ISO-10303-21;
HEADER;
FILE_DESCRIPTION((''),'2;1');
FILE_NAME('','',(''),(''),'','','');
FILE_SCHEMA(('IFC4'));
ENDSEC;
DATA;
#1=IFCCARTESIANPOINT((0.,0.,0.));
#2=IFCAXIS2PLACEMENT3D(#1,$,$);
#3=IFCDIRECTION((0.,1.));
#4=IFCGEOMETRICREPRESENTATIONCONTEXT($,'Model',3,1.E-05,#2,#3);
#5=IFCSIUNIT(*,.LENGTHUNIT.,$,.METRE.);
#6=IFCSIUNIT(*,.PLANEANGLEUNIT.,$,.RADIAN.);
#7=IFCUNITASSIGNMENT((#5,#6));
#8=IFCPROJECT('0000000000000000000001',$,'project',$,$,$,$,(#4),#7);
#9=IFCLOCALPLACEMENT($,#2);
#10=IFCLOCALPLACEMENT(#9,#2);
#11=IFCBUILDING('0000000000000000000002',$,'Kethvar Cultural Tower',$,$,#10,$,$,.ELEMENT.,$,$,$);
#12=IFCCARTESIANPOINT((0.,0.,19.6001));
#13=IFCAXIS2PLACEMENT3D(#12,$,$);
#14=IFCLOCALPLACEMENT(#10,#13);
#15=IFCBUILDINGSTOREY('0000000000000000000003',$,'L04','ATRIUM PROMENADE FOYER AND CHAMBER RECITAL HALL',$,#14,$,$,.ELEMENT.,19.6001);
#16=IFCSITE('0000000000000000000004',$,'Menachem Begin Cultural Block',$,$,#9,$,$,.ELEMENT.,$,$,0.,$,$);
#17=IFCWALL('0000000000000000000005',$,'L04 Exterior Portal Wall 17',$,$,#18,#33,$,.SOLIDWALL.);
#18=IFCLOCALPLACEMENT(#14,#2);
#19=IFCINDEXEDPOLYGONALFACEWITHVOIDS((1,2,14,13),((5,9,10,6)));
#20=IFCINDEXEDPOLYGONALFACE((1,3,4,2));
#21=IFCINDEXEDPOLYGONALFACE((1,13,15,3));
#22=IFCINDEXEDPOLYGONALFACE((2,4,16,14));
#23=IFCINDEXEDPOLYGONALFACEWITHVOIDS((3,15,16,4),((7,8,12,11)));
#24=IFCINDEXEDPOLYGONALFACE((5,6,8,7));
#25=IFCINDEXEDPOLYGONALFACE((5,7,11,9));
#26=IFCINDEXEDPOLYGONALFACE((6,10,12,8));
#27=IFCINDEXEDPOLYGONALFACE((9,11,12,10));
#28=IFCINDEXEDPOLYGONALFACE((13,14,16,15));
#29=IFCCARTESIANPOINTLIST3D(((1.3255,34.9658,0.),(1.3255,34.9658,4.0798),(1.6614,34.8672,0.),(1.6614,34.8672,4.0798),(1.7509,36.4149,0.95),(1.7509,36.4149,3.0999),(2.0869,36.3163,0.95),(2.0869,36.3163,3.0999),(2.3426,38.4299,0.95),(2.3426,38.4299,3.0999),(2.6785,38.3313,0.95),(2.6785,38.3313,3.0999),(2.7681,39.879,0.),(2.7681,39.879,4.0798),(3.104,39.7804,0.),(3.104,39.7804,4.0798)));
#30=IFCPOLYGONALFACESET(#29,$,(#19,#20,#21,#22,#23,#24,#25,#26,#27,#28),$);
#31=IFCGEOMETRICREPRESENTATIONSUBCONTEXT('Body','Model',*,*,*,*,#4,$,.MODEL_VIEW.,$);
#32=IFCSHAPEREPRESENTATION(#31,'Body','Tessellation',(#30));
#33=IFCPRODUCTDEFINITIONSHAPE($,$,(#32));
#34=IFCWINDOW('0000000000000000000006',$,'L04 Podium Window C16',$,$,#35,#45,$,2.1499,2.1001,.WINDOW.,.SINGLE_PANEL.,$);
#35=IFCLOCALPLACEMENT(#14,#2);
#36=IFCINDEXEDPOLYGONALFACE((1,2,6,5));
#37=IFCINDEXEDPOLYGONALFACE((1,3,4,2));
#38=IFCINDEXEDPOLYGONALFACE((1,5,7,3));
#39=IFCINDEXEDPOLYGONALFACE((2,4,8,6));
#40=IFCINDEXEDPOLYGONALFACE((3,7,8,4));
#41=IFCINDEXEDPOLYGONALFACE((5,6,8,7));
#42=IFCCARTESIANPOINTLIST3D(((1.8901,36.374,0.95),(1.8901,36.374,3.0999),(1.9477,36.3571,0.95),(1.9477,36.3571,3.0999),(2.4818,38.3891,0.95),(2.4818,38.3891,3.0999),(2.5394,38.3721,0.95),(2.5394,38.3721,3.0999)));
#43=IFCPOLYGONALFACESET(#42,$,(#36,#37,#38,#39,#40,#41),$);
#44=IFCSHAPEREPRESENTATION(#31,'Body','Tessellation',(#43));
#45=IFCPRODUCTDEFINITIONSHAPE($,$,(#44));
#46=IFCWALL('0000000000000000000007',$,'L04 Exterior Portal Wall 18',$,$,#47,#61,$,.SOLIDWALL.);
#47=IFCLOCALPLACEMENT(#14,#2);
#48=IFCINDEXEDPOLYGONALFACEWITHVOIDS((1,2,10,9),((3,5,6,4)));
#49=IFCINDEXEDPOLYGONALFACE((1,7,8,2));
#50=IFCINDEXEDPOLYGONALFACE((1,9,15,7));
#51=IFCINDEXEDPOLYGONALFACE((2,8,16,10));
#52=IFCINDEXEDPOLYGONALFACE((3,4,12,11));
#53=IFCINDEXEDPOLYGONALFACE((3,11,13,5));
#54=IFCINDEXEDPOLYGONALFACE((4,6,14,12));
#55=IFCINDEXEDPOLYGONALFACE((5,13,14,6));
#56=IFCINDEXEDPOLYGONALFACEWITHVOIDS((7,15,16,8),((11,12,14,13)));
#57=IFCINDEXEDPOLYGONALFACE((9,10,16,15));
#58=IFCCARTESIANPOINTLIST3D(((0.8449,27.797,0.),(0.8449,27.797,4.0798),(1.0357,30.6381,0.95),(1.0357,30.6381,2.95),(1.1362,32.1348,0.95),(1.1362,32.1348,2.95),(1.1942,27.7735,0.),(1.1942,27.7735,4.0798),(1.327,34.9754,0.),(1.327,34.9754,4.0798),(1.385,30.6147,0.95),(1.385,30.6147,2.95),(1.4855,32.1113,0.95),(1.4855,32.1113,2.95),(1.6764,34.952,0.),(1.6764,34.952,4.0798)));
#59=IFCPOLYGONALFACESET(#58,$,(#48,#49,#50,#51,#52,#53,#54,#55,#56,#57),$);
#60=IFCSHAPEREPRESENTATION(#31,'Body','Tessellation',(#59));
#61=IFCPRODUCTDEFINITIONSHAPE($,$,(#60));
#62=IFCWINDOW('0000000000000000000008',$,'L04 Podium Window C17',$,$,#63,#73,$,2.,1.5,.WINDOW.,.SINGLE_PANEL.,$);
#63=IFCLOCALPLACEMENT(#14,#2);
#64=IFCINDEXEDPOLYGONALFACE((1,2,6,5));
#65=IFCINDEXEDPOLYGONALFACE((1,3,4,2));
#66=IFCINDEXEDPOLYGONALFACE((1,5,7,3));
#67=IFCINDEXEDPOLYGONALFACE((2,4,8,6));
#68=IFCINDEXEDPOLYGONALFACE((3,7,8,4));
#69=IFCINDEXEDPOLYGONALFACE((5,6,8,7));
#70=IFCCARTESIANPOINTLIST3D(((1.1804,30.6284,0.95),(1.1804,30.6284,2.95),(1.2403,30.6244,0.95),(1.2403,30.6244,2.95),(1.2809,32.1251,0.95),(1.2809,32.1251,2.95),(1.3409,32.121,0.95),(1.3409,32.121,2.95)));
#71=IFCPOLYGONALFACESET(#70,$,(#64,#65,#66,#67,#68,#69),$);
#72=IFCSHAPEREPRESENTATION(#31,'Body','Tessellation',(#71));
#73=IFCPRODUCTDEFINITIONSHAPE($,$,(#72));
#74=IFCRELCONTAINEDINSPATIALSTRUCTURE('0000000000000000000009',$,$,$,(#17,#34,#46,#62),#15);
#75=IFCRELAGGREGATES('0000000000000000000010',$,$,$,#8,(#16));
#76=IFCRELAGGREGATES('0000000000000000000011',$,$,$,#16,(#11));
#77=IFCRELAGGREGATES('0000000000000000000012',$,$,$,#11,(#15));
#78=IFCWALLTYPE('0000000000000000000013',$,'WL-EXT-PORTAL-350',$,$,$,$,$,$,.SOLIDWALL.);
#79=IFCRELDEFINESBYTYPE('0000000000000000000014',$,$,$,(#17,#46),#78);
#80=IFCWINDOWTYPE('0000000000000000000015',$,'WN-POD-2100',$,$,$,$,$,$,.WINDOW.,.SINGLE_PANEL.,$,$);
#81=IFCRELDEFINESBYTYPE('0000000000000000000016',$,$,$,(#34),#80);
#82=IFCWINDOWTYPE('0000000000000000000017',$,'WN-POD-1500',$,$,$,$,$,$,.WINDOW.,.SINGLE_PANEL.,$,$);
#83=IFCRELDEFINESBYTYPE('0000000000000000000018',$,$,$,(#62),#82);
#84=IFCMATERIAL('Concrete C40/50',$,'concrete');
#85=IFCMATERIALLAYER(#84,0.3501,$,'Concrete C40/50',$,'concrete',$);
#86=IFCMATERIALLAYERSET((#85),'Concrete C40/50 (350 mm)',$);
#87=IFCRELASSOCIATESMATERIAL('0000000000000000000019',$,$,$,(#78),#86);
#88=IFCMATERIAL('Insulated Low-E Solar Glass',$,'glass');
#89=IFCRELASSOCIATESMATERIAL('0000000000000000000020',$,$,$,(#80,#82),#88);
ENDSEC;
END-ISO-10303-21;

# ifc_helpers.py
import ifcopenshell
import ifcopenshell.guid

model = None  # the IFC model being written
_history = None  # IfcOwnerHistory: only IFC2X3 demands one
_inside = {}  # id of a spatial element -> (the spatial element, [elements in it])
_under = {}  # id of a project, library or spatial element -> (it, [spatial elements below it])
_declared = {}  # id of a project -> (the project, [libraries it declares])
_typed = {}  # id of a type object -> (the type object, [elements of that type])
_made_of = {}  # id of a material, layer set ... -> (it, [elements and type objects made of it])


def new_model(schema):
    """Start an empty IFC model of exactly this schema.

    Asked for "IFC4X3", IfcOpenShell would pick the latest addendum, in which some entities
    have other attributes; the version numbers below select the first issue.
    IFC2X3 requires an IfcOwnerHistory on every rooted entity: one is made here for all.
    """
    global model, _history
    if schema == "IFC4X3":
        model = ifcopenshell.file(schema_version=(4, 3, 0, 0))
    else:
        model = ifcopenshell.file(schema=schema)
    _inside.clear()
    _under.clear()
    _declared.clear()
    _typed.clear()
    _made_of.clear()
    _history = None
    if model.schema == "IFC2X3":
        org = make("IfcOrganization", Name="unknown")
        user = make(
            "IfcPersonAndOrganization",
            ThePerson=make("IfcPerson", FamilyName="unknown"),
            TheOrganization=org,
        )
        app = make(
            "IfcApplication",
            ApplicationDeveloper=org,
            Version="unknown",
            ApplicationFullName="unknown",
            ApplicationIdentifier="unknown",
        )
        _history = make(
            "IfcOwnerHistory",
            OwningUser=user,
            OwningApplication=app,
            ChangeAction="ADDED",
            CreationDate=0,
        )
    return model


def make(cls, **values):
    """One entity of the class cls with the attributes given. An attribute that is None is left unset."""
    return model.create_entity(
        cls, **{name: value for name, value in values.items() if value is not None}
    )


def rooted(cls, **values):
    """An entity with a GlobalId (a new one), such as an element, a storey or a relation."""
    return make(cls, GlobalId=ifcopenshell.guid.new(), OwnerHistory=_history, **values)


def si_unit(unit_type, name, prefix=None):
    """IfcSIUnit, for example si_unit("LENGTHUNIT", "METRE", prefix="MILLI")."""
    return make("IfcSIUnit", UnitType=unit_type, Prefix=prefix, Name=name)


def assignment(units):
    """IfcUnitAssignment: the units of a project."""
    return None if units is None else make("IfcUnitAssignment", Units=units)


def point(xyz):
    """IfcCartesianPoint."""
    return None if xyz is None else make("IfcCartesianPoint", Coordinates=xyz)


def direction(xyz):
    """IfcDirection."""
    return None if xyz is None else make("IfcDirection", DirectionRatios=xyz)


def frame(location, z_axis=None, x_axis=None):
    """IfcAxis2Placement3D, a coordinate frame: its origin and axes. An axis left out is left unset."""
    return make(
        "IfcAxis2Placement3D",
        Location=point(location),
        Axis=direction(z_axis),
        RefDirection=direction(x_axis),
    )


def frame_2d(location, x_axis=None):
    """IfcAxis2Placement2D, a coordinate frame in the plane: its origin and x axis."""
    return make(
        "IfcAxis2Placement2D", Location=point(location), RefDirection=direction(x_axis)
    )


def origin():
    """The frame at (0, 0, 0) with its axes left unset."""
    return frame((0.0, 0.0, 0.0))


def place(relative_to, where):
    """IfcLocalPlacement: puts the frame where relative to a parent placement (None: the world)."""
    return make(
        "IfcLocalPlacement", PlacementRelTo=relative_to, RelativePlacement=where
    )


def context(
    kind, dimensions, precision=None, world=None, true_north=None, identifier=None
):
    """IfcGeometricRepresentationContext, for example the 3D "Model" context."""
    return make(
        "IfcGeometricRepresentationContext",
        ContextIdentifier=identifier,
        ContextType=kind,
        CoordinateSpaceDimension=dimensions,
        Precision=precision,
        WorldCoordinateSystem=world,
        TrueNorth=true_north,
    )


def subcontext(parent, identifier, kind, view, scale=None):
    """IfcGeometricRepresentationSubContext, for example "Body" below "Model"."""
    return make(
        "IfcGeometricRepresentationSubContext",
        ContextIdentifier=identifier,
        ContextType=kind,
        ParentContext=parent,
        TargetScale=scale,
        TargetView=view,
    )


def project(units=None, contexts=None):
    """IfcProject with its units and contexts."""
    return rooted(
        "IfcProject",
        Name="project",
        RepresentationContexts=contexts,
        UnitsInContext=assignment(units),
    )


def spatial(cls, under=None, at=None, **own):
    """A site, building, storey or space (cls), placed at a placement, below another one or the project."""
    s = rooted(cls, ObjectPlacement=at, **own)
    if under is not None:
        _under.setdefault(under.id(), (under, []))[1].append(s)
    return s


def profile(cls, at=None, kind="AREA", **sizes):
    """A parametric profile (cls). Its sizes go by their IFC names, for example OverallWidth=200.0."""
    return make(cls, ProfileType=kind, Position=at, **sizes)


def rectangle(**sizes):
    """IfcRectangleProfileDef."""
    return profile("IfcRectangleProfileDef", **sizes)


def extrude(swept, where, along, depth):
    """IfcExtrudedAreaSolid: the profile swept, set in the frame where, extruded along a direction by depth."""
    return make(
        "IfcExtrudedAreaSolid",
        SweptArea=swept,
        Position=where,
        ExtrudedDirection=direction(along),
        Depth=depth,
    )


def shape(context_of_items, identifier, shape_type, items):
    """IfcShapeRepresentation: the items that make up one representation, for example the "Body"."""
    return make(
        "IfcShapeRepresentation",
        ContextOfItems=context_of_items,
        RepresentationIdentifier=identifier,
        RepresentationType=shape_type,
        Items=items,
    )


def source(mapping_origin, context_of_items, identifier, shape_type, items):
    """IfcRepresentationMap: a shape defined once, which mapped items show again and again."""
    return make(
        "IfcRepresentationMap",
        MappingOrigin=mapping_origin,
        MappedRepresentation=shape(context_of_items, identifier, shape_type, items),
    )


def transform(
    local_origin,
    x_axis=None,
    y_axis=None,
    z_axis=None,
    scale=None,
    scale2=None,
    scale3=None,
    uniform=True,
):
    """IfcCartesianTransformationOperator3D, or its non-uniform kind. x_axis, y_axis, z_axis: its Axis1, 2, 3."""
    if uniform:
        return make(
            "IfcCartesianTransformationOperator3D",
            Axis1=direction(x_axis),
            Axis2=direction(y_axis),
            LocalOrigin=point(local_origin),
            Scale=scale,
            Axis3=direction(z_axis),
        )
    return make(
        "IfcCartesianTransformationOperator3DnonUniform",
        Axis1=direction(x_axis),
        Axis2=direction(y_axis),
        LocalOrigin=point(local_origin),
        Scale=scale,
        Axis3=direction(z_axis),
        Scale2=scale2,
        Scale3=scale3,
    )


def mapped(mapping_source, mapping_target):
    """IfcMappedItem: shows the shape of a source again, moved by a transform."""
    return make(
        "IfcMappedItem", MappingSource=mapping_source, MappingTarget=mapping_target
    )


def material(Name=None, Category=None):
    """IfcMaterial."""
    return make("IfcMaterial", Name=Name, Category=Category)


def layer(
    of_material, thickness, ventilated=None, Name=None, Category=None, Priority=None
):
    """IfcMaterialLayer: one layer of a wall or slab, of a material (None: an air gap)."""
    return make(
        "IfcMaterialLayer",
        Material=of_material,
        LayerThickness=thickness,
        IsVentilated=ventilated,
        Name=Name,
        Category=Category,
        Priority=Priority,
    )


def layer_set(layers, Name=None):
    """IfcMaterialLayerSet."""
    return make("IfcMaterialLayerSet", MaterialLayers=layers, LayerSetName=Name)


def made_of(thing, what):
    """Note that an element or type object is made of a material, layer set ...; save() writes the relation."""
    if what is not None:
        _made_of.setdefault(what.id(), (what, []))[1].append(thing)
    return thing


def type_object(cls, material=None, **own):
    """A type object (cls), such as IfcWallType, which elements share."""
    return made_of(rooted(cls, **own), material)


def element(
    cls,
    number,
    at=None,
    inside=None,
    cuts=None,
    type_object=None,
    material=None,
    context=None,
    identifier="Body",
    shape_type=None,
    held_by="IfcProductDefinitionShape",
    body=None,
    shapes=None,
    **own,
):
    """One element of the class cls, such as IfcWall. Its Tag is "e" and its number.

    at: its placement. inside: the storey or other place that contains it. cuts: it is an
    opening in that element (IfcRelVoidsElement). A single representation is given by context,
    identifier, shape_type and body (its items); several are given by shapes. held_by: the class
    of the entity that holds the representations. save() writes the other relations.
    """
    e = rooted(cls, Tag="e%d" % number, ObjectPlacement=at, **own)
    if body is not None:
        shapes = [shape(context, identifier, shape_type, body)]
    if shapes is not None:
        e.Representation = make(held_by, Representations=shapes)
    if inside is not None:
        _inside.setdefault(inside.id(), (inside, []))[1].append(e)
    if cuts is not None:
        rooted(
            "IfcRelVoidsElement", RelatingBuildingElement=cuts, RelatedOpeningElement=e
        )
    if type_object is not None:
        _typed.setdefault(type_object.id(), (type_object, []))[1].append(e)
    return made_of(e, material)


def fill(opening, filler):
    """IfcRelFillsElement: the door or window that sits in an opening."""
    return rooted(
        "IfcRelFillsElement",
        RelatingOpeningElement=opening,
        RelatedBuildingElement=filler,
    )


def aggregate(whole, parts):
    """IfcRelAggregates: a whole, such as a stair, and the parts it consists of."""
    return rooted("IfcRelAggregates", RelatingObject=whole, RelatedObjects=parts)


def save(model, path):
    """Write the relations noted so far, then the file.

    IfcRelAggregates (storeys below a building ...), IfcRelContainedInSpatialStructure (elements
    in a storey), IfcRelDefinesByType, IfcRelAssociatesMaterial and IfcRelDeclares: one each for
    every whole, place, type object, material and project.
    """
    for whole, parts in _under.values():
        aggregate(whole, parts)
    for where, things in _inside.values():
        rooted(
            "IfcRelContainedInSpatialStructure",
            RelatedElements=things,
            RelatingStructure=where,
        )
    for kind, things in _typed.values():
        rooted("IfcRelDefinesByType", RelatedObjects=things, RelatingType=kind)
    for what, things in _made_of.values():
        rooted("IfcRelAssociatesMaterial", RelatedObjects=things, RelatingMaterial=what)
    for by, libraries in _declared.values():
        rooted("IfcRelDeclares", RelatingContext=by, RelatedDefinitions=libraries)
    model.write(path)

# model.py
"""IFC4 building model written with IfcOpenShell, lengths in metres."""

from ifc_helpers import new_model, si_unit, direction, frame, frame_2d, origin, place, context, subcontext, project, spatial, rectangle, extrude, source, transform, mapped, material, layer, layer_set, type_object, element, fill, save


model = new_model("IFC4")

# Units and contexts
model_context = context("Model", 3, precision=1e-05, world=origin(), true_north=direction((0.0, 1.0)))
body_context = subcontext(model_context, "Body", "Model", "MODEL_VIEW")
ifc_project = project(units=[si_unit("LENGTHUNIT", "METRE"), si_unit("PLANEANGLEUNIT", "RADIAN")], contexts=[model_context])

# Site, building, storey
site_placement = place(None, origin())
site = spatial("IfcSite", under=ifc_project, at=site_placement, Name="Menachem Begin Cultural Block", CompositionType="ELEMENT", RefElevation=0.0)
building_placement = place(site_placement, origin())
building = spatial("IfcBuilding", under=site, at=building_placement, Name="Kethvar Cultural Tower", CompositionType="ELEMENT")
storey_placement = place(building_placement, frame((0.0, 0.0, 19.6001)))
storey = spatial("IfcBuildingStorey", under=building, at=storey_placement, Name="L04", Description="ATRIUM PROMENADE FOYER AND CHAMBER RECITAL HALL", CompositionType="ELEMENT", Elevation=19.6001)

# Shared definitions
ifc_material_1 = material(Name="Insulated Low-E Solar Glass", Category="glass")

# Walls, openings, windows
ifc_material_2 = material(Name="Concrete C40/50", Category="concrete")
ifc_layer_1 = layer(ifc_material_2, 0.3501, Name="Concrete C40/50", Category="concrete")
ifc_layer_set_1 = layer_set([ifc_layer_1], Name="Concrete C40/50 (350 mm)")
wall_type_1 = type_object("IfcWallType", Name="WL-EXT-PORTAL-350", PredefinedType="SOLIDWALL", material=ifc_layer_set_1)
wall_1_placement = place(storey_placement, frame((1.4934, 34.9165, 0.0), z_axis=(0.0, 0.0, 1.0), x_axis=(0.281735, 0.959492, 0.0)))
wall_1 = element("IfcWall", 1, at=wall_1_placement, inside=storey, type_object=wall_type_1, Name="L04 Exterior Portal Wall 17", PredefinedType="SOLIDWALL", context=body_context, shape_type="SweptSolid", body=[
    extrude(rectangle(XDim=5.1206, YDim=0.3501, at=frame_2d((2.5603, 0.0))), origin(), (0.0, 0.0, 1.0), 4.0798),
])
opening_1_placement = place(wall_1_placement, frame((1.5103, 0.0, 0.95)))
opening_1 = element("IfcOpeningElement", 2, at=opening_1_placement, cuts=wall_1, PredefinedType="OPENING", context=body_context, shape_type="SweptSolid", body=[
    extrude(rectangle(XDim=2.1001, YDim=2.1499, at=frame_2d((1.05, 1.075))), frame((0.0, 0.1851, 0.0), z_axis=(0.0, -1.0, 0.0), x_axis=(1.0, 0.0, 0.0)), (0.0, 0.0, 1.0), 0.3701),
])
window_type_1 = type_object("IfcWindowType", Name="WN-POD-2100", PartitioningType="SINGLE_PANEL", PredefinedType="WINDOW", material=ifc_material_1)
shared_shape_1 = source(origin(), body_context, "Body", "SweptSolid", [
    extrude(rectangle(XDim=2.1001, YDim=2.1499, at=frame_2d((1.05, 1.075))), frame((0.0, 0.03, 0.0), z_axis=(0.0, -1.0, 0.0), x_axis=(1.0, 0.0, 0.0)), (0.0, 0.0, 1.0), 0.0601),
])
window_1_placement = place(opening_1_placement, origin())
window_1 = element("IfcWindow", 3, at=window_1_placement, inside=storey, type_object=window_type_1, Name="L04 Podium Window C16", OverallHeight=2.1499, OverallWidth=2.1001, PartitioningType="SINGLE_PANEL", PredefinedType="WINDOW", context=body_context, shape_type="MappedRepresentation", body=[
    mapped(shared_shape_1, transform((0.0, 0.0, 0.0), scale=1.0)),
])
fill(opening_1, window_1)
wall_2_placement = place(storey_placement, frame((1.0195, 27.7854, 0.0), z_axis=(0.0, 0.0, 1.0), x_axis=(0.067019, 0.997752, 0.0)))
wall_2 = element("IfcWall", 4, at=wall_2_placement, inside=storey, type_object=wall_type_1, Name="L04 Exterior Portal Wall 18", PredefinedType="SOLIDWALL", context=body_context, shape_type="SweptSolid", body=[
    extrude(rectangle(XDim=7.1946, YDim=0.3501, at=frame_2d((3.5972, 0.0))), origin(), (0.0, 0.0, 1.0), 4.0798),
])
opening_2_placement = place(wall_2_placement, frame((2.8474, 0.0, 0.95)))
opening_2 = element("IfcOpeningElement", 5, at=opening_2_placement, cuts=wall_2, PredefinedType="OPENING", context=body_context, shape_type="SweptSolid", body=[
    extrude(rectangle(XDim=1.5, YDim=2.0, at=frame_2d((0.75, 1.0))), frame((0.0, 0.1851, 0.0), z_axis=(0.0, -1.0, 0.0), x_axis=(1.0, 0.0, 0.0)), (0.0, 0.0, 1.0), 0.3701),
])
window_type_2 = type_object("IfcWindowType", Name="WN-POD-1500", PartitioningType="SINGLE_PANEL", PredefinedType="WINDOW", material=ifc_material_1)
shared_shape_2 = source(origin(), body_context, "Body", "SweptSolid", [
    extrude(rectangle(XDim=1.5, YDim=2.0, at=frame_2d((0.75, 1.0))), frame((0.0, 0.03, 0.0), z_axis=(0.0, -1.0, 0.0), x_axis=(1.0, 0.0, 0.0)), (0.0, 0.0, 1.0), 0.0601),
])
window_2_placement = place(opening_2_placement, origin())
window_2 = element("IfcWindow", 6, at=window_2_placement, inside=storey, type_object=window_type_2, Name="L04 Podium Window C17", OverallHeight=2.0, OverallWidth=1.5, PartitioningType="SINGLE_PANEL", PredefinedType="WINDOW", context=body_context, shape_type="MappedRepresentation", body=[
    mapped(shared_shape_2, transform((0.0, 0.0, 0.0), scale=1.0)),
])
fill(opening_2, window_2)

save(model, "model.ifc")
